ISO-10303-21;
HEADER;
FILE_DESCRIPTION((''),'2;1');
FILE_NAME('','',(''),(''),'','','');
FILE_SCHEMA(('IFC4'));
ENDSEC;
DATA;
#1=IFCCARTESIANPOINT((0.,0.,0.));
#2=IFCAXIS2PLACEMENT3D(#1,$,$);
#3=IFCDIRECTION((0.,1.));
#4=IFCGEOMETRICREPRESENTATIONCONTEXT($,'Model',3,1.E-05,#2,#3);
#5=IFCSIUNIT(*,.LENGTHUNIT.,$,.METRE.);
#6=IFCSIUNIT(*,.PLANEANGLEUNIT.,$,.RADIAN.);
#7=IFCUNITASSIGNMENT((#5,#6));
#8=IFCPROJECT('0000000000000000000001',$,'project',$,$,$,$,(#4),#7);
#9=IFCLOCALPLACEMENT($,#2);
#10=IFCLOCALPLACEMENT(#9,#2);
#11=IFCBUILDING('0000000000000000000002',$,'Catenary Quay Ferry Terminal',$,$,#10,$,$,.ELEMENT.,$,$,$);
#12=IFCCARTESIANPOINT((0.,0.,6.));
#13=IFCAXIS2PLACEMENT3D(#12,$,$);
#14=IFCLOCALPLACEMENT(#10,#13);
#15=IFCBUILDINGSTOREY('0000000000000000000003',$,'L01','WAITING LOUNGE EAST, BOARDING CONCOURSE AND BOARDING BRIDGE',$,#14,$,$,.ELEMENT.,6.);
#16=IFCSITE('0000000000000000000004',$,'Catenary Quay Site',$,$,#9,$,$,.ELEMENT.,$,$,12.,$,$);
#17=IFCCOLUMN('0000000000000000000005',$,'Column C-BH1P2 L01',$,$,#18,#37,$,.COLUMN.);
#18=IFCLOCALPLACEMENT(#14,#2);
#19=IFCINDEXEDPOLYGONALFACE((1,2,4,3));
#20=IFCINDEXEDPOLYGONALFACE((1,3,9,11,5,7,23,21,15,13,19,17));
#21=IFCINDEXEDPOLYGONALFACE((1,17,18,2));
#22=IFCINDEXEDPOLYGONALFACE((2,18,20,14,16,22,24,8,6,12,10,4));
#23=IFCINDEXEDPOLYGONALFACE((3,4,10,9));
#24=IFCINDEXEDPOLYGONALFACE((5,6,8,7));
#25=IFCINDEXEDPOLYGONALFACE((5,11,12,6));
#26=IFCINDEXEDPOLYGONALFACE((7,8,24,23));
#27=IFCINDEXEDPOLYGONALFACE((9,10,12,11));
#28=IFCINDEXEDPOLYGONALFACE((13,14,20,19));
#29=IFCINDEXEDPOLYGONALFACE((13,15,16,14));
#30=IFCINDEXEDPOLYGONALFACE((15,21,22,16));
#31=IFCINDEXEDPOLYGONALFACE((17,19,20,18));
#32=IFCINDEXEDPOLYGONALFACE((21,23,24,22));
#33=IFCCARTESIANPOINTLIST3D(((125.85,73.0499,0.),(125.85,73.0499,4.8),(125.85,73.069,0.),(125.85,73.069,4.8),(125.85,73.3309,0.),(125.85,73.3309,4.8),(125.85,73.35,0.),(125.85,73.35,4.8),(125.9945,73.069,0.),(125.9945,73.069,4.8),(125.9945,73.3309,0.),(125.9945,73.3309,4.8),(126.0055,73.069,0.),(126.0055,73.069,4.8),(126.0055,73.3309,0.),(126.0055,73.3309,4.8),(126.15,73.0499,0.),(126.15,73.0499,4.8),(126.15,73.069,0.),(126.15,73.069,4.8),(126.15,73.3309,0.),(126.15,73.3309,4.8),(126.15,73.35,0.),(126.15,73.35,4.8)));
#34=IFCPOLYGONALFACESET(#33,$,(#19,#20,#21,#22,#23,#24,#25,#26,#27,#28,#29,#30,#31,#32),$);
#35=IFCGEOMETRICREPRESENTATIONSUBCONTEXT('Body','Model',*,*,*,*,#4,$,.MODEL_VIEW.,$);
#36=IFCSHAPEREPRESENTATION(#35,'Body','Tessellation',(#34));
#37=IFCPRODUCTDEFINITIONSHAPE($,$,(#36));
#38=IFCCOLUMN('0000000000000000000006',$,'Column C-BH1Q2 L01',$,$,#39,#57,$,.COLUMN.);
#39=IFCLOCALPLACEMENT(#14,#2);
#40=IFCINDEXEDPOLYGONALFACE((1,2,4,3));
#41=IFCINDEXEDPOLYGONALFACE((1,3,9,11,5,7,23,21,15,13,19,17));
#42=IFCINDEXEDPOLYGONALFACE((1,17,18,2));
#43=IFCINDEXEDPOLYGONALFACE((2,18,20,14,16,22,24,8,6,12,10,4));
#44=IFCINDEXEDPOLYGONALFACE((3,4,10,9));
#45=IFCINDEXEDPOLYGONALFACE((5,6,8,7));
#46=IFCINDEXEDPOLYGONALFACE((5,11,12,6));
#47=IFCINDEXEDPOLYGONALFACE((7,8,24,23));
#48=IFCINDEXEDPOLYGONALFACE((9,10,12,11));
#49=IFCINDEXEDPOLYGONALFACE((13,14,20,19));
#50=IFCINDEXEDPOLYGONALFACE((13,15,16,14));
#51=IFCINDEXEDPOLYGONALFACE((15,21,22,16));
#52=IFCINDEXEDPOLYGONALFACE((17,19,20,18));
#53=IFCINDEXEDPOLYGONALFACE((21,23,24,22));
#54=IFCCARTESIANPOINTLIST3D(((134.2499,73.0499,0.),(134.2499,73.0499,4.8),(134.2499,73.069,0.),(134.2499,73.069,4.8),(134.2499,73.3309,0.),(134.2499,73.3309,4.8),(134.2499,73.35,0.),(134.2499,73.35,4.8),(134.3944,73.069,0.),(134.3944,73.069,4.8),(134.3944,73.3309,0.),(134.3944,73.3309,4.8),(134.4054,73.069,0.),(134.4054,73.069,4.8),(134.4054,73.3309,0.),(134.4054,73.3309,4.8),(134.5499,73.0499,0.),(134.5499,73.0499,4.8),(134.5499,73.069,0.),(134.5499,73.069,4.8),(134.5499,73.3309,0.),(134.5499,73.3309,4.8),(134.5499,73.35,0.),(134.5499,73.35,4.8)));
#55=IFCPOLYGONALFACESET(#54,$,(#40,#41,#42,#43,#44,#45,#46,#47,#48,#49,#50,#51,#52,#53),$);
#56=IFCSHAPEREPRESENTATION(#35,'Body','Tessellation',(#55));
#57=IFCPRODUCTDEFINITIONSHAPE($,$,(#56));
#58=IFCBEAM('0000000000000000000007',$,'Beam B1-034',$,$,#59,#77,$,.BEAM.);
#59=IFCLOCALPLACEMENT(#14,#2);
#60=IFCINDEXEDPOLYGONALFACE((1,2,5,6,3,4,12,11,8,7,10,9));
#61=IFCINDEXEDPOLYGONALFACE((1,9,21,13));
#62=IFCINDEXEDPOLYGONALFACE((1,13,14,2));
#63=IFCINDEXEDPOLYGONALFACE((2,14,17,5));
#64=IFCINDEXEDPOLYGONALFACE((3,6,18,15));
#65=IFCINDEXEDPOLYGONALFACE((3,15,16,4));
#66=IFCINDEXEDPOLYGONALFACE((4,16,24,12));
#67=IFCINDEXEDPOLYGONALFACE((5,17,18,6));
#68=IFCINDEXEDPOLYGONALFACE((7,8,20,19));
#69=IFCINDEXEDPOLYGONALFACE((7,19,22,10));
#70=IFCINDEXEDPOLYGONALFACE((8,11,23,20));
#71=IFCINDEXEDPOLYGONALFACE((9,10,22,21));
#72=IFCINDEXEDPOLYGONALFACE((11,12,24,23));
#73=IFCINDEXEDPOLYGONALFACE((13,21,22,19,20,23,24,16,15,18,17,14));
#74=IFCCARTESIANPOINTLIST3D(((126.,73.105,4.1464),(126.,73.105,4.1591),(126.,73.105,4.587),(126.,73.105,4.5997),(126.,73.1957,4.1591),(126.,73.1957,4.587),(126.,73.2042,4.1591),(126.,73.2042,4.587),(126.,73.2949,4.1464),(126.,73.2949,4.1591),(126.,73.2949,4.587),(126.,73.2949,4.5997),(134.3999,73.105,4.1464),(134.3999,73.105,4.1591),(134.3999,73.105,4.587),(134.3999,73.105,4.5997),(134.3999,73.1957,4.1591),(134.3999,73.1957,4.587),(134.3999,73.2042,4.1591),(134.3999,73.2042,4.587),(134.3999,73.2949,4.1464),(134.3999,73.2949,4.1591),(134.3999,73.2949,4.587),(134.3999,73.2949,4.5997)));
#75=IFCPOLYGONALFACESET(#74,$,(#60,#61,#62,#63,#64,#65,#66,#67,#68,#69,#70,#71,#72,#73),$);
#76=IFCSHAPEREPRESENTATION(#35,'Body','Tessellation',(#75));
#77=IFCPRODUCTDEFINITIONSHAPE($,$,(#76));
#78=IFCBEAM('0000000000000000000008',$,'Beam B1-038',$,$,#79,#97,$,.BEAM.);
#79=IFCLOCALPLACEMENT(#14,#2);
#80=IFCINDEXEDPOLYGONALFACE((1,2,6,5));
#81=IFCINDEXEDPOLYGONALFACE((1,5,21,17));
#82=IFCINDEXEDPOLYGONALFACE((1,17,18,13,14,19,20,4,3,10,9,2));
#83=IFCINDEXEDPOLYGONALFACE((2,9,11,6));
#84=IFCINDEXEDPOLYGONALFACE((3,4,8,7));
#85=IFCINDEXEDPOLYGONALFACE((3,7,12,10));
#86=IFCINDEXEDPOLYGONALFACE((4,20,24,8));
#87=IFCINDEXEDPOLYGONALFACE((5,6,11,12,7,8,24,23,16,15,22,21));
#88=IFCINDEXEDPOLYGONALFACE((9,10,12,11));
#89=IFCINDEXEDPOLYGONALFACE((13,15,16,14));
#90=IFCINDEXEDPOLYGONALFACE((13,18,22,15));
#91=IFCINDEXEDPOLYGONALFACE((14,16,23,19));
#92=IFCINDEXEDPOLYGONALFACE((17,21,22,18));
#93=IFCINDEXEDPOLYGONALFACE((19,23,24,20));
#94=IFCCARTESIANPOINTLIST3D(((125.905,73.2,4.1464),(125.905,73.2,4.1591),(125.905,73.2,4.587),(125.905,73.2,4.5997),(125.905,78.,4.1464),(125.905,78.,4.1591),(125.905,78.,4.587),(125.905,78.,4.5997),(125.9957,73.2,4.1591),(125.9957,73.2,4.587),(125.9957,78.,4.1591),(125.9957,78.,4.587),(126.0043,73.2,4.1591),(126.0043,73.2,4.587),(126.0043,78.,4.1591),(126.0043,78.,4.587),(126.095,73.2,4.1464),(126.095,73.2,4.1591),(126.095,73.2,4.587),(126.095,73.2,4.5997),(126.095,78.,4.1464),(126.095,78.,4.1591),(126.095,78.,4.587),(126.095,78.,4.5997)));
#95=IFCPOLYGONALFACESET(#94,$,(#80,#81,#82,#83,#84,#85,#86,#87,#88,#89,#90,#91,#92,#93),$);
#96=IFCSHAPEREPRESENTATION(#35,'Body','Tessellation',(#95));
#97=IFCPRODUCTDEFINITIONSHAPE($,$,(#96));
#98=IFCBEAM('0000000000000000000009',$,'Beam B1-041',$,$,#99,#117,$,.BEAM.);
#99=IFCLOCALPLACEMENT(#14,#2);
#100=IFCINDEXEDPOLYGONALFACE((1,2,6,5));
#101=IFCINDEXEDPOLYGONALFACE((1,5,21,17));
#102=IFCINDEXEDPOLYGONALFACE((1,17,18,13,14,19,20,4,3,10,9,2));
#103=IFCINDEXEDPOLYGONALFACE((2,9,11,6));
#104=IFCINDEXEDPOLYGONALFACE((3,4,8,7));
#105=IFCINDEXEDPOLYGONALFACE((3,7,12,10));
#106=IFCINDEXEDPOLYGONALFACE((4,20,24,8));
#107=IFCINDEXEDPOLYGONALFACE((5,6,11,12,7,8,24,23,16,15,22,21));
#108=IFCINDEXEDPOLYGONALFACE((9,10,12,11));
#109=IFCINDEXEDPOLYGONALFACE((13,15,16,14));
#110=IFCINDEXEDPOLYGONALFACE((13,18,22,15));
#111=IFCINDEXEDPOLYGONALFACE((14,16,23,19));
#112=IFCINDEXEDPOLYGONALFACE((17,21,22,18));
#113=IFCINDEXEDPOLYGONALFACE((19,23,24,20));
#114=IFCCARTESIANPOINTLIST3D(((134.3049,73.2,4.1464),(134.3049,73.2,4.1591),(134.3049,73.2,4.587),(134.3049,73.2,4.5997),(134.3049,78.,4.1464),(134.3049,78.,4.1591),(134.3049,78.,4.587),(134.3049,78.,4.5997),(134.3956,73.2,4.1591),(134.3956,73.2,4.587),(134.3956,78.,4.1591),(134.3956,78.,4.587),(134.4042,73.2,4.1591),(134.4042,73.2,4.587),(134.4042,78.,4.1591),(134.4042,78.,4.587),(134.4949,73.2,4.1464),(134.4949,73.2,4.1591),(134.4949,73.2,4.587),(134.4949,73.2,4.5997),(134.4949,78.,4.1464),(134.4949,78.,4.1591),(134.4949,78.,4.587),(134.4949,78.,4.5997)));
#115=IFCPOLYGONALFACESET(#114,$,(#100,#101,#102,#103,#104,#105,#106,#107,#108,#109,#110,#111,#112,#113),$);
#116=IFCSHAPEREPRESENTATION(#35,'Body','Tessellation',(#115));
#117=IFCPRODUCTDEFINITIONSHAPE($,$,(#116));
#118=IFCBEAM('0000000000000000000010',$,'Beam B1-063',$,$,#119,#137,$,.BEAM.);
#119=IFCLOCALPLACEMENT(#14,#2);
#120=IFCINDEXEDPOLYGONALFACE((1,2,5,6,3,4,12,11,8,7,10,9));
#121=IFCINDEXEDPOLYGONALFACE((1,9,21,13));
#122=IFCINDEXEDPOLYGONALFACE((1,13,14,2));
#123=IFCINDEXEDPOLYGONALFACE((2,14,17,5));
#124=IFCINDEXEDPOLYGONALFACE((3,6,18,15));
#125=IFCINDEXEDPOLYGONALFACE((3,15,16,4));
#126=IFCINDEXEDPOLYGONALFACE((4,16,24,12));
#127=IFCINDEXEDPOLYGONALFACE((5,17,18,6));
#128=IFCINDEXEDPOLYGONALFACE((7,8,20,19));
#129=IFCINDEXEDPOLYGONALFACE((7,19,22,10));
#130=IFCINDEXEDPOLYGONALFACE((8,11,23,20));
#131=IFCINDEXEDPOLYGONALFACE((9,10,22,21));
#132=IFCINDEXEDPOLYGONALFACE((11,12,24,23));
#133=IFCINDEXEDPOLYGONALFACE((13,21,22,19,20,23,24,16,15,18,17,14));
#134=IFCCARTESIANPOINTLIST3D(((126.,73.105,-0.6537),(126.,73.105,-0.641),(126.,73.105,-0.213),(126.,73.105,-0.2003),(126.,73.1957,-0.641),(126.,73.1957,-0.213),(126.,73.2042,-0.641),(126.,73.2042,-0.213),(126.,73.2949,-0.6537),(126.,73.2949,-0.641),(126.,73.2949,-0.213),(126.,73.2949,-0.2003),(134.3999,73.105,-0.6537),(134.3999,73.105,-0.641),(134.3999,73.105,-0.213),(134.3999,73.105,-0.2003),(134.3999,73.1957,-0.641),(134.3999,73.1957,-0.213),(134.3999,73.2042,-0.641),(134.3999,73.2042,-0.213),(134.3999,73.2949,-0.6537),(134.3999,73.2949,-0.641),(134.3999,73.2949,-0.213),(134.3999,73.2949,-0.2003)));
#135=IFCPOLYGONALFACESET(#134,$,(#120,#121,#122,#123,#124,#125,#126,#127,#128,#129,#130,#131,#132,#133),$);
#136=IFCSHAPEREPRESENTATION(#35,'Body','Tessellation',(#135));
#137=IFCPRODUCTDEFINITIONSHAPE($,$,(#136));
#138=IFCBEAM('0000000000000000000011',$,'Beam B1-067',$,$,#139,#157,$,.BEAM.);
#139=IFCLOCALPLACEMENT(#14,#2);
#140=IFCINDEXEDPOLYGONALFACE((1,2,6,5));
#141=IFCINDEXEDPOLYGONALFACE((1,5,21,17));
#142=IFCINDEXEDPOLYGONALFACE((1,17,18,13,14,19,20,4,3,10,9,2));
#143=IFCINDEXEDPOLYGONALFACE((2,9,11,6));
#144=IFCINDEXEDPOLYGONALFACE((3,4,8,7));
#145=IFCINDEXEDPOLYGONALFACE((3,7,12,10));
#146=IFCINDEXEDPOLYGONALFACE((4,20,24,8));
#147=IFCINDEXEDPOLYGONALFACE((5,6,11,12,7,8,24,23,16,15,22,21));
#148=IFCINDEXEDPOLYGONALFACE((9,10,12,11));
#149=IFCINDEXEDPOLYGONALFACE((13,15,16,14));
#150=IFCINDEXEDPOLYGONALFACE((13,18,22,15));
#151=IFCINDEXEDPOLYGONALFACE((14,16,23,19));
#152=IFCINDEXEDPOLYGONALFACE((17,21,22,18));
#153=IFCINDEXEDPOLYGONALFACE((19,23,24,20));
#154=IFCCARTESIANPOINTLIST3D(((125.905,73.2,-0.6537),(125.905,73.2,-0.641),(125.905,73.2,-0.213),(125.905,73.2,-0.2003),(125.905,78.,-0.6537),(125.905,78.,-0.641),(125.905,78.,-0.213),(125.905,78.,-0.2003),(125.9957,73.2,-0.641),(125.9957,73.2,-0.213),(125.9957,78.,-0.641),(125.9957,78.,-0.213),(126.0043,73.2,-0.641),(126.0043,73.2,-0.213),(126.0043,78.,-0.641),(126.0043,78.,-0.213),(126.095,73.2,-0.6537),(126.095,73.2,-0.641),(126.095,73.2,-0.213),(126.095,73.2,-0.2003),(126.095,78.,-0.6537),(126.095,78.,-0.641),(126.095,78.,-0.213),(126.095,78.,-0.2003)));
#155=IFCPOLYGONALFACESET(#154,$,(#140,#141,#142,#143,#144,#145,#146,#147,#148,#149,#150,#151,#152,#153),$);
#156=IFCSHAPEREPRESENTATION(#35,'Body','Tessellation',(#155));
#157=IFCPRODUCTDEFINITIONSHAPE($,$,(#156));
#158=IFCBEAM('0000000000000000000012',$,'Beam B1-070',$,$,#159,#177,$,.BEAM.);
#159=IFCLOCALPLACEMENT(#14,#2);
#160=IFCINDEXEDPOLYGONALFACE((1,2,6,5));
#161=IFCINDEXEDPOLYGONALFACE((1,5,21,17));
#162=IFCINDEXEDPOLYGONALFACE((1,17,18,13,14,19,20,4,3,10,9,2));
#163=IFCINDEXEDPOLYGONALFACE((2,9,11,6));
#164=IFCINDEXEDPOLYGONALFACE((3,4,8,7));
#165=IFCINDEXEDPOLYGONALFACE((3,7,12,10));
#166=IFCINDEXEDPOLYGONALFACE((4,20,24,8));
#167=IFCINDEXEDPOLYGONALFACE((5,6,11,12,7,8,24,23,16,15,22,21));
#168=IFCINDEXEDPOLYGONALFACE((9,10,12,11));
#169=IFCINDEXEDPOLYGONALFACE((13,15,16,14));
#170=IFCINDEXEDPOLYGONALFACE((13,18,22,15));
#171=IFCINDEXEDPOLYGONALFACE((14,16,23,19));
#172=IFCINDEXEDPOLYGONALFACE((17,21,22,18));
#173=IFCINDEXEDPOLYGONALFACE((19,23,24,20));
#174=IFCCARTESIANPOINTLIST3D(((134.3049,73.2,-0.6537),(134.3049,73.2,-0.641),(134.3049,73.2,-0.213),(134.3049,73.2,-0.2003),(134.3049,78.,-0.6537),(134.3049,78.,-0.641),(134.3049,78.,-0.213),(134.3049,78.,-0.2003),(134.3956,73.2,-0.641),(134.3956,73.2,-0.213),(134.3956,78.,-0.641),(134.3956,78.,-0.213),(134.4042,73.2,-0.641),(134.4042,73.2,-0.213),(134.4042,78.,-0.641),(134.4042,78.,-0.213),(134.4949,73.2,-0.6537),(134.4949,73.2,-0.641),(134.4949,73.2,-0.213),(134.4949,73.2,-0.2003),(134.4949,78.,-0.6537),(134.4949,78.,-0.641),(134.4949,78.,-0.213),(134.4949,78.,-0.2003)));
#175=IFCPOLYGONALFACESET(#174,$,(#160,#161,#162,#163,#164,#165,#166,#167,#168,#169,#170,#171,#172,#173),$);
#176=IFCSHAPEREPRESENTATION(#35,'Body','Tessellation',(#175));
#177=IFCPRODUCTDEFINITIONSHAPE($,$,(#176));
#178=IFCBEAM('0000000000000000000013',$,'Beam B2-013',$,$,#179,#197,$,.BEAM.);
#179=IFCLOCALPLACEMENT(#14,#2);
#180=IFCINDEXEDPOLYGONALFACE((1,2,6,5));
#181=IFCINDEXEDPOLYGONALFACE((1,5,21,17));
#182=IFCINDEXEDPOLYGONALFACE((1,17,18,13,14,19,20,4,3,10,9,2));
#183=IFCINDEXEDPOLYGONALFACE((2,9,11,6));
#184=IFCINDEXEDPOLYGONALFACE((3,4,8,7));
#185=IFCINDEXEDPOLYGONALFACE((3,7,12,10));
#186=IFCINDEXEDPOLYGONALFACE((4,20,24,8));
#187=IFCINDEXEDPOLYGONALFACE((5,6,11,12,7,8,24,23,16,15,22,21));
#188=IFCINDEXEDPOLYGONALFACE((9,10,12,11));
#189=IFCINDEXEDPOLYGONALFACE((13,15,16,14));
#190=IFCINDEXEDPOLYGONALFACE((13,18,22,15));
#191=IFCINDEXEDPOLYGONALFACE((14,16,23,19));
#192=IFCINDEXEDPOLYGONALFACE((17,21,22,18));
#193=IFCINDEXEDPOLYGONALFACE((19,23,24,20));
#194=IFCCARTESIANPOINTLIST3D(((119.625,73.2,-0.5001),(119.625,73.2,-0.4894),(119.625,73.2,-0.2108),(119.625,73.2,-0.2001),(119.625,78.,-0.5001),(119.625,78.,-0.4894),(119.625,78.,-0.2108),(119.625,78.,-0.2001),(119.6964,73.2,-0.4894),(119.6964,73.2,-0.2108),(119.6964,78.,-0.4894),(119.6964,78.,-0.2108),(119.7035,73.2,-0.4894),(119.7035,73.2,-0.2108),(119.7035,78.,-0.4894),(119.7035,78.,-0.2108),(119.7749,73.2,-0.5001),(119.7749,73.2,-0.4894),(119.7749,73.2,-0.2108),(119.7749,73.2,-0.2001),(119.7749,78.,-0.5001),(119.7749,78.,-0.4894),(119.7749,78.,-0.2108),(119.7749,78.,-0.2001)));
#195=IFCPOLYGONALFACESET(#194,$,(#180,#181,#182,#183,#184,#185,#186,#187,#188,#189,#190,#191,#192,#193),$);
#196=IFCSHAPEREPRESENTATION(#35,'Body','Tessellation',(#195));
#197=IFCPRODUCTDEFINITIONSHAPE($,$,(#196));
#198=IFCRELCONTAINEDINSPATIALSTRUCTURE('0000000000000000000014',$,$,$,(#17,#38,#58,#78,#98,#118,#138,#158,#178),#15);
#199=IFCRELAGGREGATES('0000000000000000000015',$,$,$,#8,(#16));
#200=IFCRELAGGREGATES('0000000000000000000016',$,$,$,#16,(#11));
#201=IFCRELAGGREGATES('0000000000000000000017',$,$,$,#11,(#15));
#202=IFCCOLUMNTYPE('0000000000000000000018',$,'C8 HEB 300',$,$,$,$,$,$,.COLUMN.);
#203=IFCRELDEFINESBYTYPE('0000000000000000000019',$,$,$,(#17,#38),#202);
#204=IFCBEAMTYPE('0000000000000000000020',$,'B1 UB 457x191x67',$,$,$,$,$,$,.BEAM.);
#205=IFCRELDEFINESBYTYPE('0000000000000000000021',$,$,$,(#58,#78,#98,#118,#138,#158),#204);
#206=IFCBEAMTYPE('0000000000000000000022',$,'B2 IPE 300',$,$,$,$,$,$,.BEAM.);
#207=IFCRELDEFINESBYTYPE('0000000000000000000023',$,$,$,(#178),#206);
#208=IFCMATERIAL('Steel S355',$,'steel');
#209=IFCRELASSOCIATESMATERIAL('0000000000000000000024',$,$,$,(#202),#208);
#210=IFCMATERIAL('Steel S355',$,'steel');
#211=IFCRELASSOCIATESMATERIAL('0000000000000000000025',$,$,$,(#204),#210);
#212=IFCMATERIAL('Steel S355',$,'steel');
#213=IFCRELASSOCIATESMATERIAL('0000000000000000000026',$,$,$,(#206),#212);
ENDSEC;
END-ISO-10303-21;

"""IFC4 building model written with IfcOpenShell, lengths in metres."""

from ifc_helpers import new_model, si_unit, direction, frame, origin, origin_2d, place, context, subcontext, project, spatial, i_section, extrude, material, material_profile, profile_set, type_object, element, save


model = new_model("IFC4")

# Units and contexts
model_context = context("Model", 3, precision=1e-05, world=origin(), true_north=direction((0.0, 1.0)))
body_context = subcontext(model_context, "Body", "Model", "MODEL_VIEW")
ifc_project = project(units=[si_unit("LENGTHUNIT", "METRE"), si_unit("PLANEANGLEUNIT", "RADIAN")], contexts=[model_context])

# Site, building, storey
site_placement = place(None, origin())
site = spatial("IfcSite", under=ifc_project, at=site_placement, Name="Catenary Quay Site", CompositionType="ELEMENT", RefElevation=12.0)
building_placement = place(site_placement, origin())
building = spatial("IfcBuilding", under=site, at=building_placement, Name="Catenary Quay Ferry Terminal", CompositionType="ELEMENT")
storey_placement = place(building_placement, frame((0.0, 0.0, 6.0)))
storey = spatial("IfcBuildingStorey", under=building, at=storey_placement, Name="L01", Description="WAITING LOUNGE EAST, BOARDING CONCOURSE AND BOARDING BRIDGE", CompositionType="ELEMENT", Elevation=6.0)

# Columns
ifc_material_1 = material(Name="Steel S355", Category="steel")
ifc_material_profile_1 = material_profile(ifc_material_1, i_section(OverallWidth=0.3, OverallDepth=0.3, WebThickness=0.011, FlangeThickness=0.019, at=origin_2d()), Name="HEB 300")
ifc_profile_set_1 = profile_set([ifc_material_profile_1], Name="Steel S355")
column_type = type_object("IfcColumnType", Name="C8 HEB 300", PredefinedType="COLUMN", material=ifc_profile_set_1)
for number, where, z_axis, x_axis, name in (
    (1, (126.0, 73.2, 0.0), (0.0, 0.0, 1.0), (1.0, 0.0, 0.0), "Column C-BH1P2 L01"),
    (2, (134.3999, 73.2, 0.0), (0.0, 0.0, 1.0), (1.0, 0.0, 0.0), "Column C-BH1Q2 L01"),
):
    element("IfcColumn", number, at=place(storey_placement, frame(where, z_axis=z_axis, x_axis=x_axis)), inside=storey, type_object=column_type, Name=name, PredefinedType="COLUMN", context=body_context, shape_type="SweptSolid", body=[
        extrude(i_section(OverallWidth=0.3, OverallDepth=0.3, WebThickness=0.011, FlangeThickness=0.019, at=origin_2d()), origin(), (0.0, 0.0, 1.0), 4.8),
    ])

# Beams
ifc_material_2 = material(Name="Steel S355", Category="steel")
ifc_material_profile_2 = material_profile(ifc_material_2, i_section(OverallWidth=0.1899, OverallDepth=0.4534, WebThickness=0.0085, FlangeThickness=0.0127, at=origin_2d()), Name="UB 457x191x67")
ifc_profile_set_2 = profile_set([ifc_material_profile_2], Name="Steel S355")
beam_type_1 = type_object("IfcBeamType", Name="B1 UB 457x191x67", PredefinedType="BEAM", material=ifc_profile_set_2)
beam_1_placement = place(storey_placement, frame((126.0, 73.2, 4.373), z_axis=(1.0, 0.0, 0.0), x_axis=(0.0, 1.0, 0.0)))
element("IfcBeam", 3, at=beam_1_placement, inside=storey, type_object=beam_type_1, Name="Beam B1-034", PredefinedType="BEAM", context=body_context, shape_type="SweptSolid", body=[
    extrude(i_section(OverallWidth=0.1899, OverallDepth=0.4534, WebThickness=0.0085, FlangeThickness=0.0127, at=origin_2d()), origin(), (0.0, 0.0, 1.0), 8.3999),
])
for number, where, z_axis, x_axis, name in (
    (4, (126.0, 73.2, 4.373), (0.0, 1.0, 0.0), (-1.0, 0.0, 0.0), "Beam B1-038"),
    (5, (134.3999, 73.2, 4.373), (0.0, 1.0, 0.0), (-1.0, 0.0, 0.0), "Beam B1-041"),
):
    element("IfcBeam", number, at=place(storey_placement, frame(where, z_axis=z_axis, x_axis=x_axis)), inside=storey, type_object=beam_type_1, Name=name, PredefinedType="BEAM", context=body_context, shape_type="SweptSolid", body=[
        extrude(i_section(OverallWidth=0.1899, OverallDepth=0.4534, WebThickness=0.0085, FlangeThickness=0.0127, at=origin_2d()), origin(), (0.0, 0.0, 1.0), 4.8),
    ])
beam_2_placement = place(storey_placement, frame((126.0, 73.2, -0.427), z_axis=(1.0, 0.0, 0.0), x_axis=(0.0, 1.0, 0.0)))
element("IfcBeam", 6, at=beam_2_placement, inside=storey, type_object=beam_type_1, Name="Beam B1-063", PredefinedType="BEAM", context=body_context, shape_type="SweptSolid", body=[
    extrude(i_section(OverallWidth=0.1899, OverallDepth=0.4534, WebThickness=0.0085, FlangeThickness=0.0127, at=origin_2d()), origin(), (0.0, 0.0, 1.0), 8.3999),
])
for number, where, z_axis, x_axis, name in (
    (7, (126.0, 73.2, -0.427), (0.0, 1.0, 0.0), (-1.0, 0.0, 0.0), "Beam B1-067"),
    (8, (134.3999, 73.2, -0.427), (0.0, 1.0, 0.0), (-1.0, 0.0, 0.0), "Beam B1-070"),
):
    element("IfcBeam", number, at=place(storey_placement, frame(where, z_axis=z_axis, x_axis=x_axis)), inside=storey, type_object=beam_type_1, Name=name, PredefinedType="BEAM", context=body_context, shape_type="SweptSolid", body=[
        extrude(i_section(OverallWidth=0.1899, OverallDepth=0.4534, WebThickness=0.0085, FlangeThickness=0.0127, at=origin_2d()), origin(), (0.0, 0.0, 1.0), 4.8),
    ])
ifc_material_3 = material(Name="Steel S355", Category="steel")
ifc_material_profile_3 = material_profile(ifc_material_3, i_section(OverallWidth=0.1499, OverallDepth=0.3, WebThickness=0.0071, FlangeThickness=0.0107, at=origin_2d()), Name="IPE 300")
ifc_profile_set_3 = profile_set([ifc_material_profile_3], Name="Steel S355")
beam_type_2 = type_object("IfcBeamType", Name="B2 IPE 300", PredefinedType="BEAM", material=ifc_profile_set_3)
for number, where, z_axis, x_axis, name in (
    (9, (119.7, 73.2, -0.3501), (0.0, 1.0, 0.0), (-1.0, 0.0, 0.0), "Beam B2-013"),
):
    element("IfcBeam", number, at=place(storey_placement, frame(where, z_axis=z_axis, x_axis=x_axis)), inside=storey, type_object=beam_type_2, Name=name, PredefinedType="BEAM", context=body_context, shape_type="SweptSolid", body=[
        extrude(i_section(OverallWidth=0.1499, OverallDepth=0.3, WebThickness=0.0071, FlangeThickness=0.0107, at=origin_2d()), origin(), (0.0, 0.0, 1.0), 4.8),
    ])

save(model, "model.ifc")
